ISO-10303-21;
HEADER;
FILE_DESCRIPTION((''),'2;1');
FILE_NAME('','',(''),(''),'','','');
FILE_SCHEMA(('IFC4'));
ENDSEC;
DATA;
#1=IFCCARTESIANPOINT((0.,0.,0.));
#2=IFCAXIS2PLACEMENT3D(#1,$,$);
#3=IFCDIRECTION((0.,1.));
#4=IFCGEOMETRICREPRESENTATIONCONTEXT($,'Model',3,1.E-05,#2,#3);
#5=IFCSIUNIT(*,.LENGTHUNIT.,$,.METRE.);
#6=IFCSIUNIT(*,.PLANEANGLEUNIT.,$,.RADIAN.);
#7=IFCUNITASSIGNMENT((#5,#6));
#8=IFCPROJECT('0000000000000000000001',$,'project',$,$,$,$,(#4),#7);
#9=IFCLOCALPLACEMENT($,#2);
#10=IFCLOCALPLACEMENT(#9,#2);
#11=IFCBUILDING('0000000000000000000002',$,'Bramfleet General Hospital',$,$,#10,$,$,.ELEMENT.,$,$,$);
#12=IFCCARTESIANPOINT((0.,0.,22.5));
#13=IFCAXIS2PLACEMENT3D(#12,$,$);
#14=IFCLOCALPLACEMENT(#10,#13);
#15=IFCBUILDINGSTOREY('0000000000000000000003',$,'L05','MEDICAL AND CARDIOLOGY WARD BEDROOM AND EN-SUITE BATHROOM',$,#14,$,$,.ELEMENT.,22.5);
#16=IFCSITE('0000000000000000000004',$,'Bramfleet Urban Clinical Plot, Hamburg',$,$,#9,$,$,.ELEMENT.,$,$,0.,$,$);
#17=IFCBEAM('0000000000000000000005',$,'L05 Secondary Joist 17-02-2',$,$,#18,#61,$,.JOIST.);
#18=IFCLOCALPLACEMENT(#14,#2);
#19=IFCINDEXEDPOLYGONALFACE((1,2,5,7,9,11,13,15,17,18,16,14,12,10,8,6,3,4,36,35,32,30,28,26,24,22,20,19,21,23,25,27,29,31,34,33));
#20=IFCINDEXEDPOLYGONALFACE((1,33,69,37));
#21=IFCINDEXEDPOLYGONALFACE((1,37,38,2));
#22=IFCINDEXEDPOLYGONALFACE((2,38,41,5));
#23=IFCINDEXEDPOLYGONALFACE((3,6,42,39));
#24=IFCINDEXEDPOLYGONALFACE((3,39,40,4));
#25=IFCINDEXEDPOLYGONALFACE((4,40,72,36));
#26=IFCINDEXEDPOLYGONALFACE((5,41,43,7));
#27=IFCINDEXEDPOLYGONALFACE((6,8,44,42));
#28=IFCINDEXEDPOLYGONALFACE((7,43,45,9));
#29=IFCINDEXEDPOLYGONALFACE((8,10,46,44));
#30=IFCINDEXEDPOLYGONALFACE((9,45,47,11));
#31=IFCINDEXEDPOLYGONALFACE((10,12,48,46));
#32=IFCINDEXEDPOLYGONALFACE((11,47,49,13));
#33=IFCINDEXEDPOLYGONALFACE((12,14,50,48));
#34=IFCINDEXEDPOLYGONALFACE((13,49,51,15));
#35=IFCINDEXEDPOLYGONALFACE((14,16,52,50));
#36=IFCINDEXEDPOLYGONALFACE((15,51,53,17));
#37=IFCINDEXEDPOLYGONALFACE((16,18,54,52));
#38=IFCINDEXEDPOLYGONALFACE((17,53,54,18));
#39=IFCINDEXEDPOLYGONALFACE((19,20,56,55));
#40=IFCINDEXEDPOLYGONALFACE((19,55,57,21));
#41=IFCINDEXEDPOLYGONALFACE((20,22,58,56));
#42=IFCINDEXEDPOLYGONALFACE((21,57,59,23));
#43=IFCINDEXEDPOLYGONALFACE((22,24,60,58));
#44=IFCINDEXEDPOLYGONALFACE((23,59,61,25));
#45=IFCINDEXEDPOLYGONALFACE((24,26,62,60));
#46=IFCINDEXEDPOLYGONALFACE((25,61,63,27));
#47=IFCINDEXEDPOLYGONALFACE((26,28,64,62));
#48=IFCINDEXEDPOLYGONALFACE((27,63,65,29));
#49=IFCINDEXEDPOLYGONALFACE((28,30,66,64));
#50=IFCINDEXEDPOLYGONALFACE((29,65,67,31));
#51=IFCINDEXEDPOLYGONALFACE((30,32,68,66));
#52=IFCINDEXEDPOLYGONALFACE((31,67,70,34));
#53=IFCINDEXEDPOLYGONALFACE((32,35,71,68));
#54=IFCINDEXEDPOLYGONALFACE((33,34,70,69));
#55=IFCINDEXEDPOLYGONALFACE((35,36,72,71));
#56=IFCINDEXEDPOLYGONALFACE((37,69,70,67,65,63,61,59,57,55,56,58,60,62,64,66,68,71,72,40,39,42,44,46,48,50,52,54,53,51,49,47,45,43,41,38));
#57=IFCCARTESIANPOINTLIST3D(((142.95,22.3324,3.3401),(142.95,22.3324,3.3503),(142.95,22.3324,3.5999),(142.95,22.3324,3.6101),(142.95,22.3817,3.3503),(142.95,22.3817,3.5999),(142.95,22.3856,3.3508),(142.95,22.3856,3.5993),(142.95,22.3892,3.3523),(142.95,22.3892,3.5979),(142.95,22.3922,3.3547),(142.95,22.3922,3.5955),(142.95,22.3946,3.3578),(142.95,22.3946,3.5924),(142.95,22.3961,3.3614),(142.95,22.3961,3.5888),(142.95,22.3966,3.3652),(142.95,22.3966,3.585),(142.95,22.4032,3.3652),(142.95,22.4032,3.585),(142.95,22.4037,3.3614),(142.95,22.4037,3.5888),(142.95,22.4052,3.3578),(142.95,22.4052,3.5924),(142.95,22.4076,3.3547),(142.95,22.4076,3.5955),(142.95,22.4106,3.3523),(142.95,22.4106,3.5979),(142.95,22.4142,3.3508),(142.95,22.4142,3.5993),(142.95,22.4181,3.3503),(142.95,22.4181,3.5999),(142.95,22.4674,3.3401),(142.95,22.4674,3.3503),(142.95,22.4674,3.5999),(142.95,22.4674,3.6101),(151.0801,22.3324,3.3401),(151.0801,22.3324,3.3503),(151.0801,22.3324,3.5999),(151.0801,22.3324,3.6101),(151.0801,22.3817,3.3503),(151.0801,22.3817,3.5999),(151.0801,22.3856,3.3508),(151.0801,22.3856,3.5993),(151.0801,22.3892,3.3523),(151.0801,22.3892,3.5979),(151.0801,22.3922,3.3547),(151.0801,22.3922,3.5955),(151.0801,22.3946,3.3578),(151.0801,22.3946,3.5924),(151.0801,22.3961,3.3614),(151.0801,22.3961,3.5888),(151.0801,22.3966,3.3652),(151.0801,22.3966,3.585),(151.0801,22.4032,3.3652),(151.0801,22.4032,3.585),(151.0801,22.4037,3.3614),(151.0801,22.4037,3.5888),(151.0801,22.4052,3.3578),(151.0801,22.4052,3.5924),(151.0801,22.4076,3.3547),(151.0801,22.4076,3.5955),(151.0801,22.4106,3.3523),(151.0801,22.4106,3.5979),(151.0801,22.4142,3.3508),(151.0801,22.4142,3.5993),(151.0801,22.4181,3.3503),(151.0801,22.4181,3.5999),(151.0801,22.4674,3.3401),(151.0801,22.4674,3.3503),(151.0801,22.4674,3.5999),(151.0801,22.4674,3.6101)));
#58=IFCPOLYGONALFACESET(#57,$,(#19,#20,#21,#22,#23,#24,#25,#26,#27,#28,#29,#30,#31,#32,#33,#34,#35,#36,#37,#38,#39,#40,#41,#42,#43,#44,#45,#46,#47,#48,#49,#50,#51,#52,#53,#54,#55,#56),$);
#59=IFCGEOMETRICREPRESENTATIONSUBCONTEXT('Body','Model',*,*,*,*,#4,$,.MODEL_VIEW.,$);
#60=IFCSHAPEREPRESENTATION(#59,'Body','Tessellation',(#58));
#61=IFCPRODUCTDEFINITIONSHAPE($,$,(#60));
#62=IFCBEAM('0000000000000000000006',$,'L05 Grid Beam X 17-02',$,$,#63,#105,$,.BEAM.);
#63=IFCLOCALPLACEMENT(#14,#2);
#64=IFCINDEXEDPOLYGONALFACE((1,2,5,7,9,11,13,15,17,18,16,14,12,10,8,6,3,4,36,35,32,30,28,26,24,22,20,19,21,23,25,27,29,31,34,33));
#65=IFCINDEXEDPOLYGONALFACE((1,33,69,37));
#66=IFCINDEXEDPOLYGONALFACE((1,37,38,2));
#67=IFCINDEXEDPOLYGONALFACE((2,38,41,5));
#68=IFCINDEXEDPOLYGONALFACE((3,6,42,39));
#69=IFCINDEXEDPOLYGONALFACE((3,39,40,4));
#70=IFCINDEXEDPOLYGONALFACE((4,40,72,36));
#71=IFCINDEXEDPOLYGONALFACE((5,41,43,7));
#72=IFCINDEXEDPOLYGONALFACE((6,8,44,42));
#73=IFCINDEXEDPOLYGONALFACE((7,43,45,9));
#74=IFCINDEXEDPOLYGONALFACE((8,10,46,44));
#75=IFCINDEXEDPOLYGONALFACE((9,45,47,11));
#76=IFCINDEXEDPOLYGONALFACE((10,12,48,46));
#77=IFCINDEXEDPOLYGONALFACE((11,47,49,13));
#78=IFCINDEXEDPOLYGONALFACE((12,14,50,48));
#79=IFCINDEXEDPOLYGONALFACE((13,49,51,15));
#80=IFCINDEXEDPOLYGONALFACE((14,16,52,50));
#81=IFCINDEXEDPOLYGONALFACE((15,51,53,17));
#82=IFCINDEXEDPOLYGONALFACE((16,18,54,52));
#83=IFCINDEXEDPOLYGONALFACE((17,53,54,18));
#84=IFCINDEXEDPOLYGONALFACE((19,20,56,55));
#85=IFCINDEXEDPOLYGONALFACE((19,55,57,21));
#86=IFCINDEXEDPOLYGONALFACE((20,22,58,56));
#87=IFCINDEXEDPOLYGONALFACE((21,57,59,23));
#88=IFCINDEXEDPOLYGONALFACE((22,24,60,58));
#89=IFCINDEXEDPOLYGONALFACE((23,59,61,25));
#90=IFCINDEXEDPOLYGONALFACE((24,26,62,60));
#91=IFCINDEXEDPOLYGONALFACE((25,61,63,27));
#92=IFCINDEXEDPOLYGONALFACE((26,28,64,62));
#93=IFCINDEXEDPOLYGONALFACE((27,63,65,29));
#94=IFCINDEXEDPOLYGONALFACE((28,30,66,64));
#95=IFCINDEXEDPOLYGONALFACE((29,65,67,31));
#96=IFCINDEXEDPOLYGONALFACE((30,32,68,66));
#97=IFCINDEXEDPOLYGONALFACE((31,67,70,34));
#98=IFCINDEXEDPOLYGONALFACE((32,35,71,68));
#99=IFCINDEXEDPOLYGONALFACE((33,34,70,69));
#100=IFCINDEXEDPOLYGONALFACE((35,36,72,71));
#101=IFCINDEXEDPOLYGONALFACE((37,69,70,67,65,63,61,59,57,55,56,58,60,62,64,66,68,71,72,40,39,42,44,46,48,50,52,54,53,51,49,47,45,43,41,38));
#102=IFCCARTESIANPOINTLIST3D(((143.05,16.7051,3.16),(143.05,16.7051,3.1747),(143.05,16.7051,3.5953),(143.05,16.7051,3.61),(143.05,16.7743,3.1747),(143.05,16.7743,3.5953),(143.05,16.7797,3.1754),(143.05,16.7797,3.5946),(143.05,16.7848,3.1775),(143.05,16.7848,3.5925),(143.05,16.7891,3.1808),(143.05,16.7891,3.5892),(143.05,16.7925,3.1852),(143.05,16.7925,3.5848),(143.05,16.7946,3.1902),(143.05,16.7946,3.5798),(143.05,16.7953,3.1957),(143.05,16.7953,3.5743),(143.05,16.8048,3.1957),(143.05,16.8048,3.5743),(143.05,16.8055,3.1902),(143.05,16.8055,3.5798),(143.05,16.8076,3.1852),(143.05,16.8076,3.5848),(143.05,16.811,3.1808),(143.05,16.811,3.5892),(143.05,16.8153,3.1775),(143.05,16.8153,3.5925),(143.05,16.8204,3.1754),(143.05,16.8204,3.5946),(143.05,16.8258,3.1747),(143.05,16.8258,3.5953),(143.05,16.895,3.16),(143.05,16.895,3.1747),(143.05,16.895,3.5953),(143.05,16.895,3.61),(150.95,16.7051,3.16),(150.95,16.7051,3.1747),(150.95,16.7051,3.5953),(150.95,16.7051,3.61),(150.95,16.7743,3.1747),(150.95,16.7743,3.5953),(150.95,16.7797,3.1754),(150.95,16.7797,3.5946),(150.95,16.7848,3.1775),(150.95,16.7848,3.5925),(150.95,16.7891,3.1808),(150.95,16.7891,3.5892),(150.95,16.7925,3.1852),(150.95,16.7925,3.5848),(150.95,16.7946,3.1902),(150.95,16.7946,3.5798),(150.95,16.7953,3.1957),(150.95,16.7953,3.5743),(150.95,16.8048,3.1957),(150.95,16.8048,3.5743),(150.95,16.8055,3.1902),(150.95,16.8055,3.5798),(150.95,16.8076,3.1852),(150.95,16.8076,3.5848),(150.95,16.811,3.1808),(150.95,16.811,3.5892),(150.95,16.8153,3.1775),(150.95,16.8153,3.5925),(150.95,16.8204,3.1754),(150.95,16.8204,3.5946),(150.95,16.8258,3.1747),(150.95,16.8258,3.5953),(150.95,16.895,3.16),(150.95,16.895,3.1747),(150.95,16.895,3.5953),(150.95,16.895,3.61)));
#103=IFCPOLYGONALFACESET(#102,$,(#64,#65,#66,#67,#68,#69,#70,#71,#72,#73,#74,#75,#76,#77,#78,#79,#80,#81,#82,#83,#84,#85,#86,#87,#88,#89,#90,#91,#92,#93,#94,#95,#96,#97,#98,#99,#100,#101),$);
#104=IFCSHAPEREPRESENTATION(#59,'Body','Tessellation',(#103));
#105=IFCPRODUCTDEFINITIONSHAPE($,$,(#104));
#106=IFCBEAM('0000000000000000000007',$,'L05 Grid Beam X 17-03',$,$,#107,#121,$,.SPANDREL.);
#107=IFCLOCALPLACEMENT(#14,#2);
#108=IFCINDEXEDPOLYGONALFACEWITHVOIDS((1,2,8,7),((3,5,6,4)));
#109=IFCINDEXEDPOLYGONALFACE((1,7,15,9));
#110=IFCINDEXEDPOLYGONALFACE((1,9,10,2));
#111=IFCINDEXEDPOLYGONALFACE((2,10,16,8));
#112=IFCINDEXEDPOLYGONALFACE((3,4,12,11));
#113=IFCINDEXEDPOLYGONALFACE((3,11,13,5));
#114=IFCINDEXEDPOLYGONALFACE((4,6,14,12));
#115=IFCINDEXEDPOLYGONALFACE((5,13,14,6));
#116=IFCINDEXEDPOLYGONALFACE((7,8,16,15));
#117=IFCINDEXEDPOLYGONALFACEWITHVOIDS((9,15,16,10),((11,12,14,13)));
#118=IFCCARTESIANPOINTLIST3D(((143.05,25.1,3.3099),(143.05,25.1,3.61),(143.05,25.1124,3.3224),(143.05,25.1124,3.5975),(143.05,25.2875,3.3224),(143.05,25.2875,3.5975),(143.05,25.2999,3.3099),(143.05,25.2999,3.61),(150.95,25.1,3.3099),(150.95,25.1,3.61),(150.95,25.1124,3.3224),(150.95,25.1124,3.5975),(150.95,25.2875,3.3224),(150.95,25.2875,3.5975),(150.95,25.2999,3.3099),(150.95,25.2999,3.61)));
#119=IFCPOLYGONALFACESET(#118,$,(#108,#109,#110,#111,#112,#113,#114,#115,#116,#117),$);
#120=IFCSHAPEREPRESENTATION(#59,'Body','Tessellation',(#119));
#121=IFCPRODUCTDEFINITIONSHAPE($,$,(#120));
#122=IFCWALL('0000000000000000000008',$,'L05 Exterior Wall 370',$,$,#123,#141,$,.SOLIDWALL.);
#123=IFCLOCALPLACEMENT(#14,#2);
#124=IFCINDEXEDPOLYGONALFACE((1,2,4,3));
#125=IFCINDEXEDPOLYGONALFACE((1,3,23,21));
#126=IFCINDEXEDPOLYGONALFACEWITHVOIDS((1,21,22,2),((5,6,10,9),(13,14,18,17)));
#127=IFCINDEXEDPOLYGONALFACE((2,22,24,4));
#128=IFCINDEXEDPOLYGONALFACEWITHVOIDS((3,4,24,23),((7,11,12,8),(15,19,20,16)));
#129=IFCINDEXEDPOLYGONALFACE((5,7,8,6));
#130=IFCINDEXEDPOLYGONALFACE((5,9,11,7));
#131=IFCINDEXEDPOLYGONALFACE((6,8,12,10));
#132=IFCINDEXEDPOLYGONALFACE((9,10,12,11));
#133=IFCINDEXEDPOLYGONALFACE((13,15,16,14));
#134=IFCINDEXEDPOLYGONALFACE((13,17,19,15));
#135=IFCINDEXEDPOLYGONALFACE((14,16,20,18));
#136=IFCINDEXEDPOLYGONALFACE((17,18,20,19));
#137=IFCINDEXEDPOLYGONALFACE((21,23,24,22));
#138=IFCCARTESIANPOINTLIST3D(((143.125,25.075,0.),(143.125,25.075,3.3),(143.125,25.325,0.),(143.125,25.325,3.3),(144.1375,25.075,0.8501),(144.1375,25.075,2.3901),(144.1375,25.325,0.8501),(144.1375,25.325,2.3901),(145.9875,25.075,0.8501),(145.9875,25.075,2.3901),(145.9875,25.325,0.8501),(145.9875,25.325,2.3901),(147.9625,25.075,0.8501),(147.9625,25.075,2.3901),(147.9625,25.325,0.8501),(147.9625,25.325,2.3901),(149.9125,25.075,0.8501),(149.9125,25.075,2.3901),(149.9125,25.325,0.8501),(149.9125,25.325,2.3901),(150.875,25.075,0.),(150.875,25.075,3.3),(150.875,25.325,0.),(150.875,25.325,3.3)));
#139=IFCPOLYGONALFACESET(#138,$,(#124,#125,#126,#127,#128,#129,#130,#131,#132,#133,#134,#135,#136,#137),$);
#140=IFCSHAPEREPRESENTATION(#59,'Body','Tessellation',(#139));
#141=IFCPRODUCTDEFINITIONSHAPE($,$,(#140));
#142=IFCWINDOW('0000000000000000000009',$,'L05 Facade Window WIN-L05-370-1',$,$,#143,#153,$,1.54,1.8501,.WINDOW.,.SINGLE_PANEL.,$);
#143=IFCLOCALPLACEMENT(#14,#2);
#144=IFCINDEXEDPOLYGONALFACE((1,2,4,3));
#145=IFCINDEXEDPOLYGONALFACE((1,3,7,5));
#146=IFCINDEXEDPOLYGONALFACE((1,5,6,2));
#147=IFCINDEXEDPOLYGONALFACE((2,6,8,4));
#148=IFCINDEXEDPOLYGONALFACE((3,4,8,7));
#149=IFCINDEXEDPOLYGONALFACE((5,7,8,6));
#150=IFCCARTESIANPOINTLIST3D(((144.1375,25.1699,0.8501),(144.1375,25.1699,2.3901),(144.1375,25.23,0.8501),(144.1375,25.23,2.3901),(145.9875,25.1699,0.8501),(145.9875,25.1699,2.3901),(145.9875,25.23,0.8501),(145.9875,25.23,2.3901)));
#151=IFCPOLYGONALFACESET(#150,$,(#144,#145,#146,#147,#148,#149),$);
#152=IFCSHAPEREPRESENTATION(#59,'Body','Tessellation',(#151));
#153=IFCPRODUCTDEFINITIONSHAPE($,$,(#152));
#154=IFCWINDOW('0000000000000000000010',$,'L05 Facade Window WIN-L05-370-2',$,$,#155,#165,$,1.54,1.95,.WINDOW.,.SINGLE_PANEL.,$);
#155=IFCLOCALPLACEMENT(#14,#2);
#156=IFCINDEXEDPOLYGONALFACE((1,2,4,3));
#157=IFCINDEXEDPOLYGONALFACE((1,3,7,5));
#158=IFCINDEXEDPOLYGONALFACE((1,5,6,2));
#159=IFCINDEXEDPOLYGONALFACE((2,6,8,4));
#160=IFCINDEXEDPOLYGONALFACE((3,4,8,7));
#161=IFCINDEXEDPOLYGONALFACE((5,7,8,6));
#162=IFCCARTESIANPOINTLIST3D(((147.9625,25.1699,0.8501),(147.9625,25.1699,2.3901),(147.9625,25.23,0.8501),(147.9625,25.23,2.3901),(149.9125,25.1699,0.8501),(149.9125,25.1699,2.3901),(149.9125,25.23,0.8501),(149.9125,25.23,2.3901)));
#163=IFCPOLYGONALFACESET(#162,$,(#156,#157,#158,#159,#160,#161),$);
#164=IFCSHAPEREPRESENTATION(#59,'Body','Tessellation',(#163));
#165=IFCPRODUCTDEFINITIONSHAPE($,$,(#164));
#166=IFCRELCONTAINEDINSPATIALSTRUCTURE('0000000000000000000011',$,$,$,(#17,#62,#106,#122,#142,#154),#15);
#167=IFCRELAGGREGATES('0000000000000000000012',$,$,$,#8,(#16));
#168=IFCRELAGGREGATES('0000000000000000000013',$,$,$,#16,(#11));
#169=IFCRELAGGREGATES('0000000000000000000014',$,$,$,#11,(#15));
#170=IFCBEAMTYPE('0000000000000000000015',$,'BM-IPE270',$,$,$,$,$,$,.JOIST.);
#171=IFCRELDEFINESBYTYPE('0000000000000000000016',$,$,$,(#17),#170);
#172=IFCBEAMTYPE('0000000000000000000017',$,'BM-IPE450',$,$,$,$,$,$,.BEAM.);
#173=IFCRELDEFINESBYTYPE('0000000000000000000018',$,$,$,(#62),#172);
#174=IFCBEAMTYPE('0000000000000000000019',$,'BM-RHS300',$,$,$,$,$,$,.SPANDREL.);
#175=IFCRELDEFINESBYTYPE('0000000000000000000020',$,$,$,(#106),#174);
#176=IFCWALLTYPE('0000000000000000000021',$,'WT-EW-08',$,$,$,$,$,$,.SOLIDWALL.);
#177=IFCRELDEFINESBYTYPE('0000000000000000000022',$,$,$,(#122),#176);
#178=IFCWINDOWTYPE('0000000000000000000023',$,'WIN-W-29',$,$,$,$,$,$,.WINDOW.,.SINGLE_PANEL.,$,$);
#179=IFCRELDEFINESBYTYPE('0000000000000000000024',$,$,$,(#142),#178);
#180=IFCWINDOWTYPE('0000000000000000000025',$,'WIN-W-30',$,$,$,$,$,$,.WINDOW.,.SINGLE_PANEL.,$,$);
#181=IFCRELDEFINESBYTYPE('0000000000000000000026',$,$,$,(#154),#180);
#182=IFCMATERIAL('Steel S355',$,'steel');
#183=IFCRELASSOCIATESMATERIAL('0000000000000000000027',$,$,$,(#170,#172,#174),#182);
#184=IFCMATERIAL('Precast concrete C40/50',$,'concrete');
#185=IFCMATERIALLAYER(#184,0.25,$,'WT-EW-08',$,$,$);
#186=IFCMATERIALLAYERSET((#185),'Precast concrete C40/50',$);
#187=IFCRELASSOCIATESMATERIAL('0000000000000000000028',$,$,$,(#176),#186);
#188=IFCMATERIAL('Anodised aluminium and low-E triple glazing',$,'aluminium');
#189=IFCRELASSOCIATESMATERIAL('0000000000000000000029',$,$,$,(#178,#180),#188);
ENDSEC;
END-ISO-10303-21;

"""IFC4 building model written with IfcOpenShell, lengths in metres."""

from ifc_helpers import new_model, si_unit, direction, frame, frame_2d, origin, origin_2d, place, context, subcontext, project, spatial, rectangle, hollow_rectangle, i_section, extrude, material, layer, layer_set, material_profile, profile_set, type_object, element, fill, save


model = new_model("IFC4")

# Units and contexts
model_context = context("Model", 3, precision=1e-05, world=origin(), true_north=direction((0.0, 1.0)))
body_context = subcontext(model_context, "Body", "Model", "MODEL_VIEW")
ifc_project = project(units=[si_unit("LENGTHUNIT", "METRE"), si_unit("PLANEANGLEUNIT", "RADIAN")], contexts=[model_context])

# Site, building, storey
site_placement = place(None, origin())
site = spatial("IfcSite", under=ifc_project, at=site_placement, Name="Bramfleet Urban Clinical Plot, Hamburg", CompositionType="ELEMENT", RefElevation=0.0)
building_placement = place(site_placement, origin())
building = spatial("IfcBuilding", under=site, at=building_placement, Name="Bramfleet General Hospital", CompositionType="ELEMENT")
storey_placement = place(building_placement, frame((0.0, 0.0, 22.5)))
storey = spatial("IfcBuildingStorey", under=building, at=storey_placement, Name="L05", Description="MEDICAL AND CARDIOLOGY WARD BEDROOM AND EN-SUITE BATHROOM", CompositionType="ELEMENT", Elevation=22.5)

# Beams
ifc_material_1 = material(Name="Steel S355", Category="steel")
ifc_material_profile_1 = material_profile(ifc_material_1, i_section(OverallWidth=0.135, OverallDepth=0.27, WebThickness=0.0066, FlangeThickness=0.0103, FilletRadius=0.0149, at=origin_2d()), Name="IPE 270")
ifc_profile_set_1 = profile_set([ifc_material_profile_1], Name="Steel S355")
beam_type_1 = type_object("IfcBeamType", Name="BM-IPE270", PredefinedType="JOIST", material=ifc_profile_set_1)
for number, where, z_axis, x_axis, name in (
    (1, (142.95, 22.3999, 3.4751), (1.0, 0.0, 0.0), (0.0, 1.0, 0.0), "L05 Secondary Joist 17-02-2"),
):
    element("IfcBeam", number, at=place(storey_placement, frame(where, z_axis=z_axis, x_axis=x_axis)), inside=storey, type_object=beam_type_1, Name=name, PredefinedType="JOIST", context=body_context, shape_type="SweptSolid", body=[
        extrude(i_section(OverallWidth=0.135, OverallDepth=0.27, WebThickness=0.0066, FlangeThickness=0.0103, FilletRadius=0.0149, at=origin_2d()), origin(), (0.0, 0.0, 1.0), 8.1301),
    ])
ifc_material_profile_2 = material_profile(ifc_material_1, i_section(OverallWidth=0.1899, OverallDepth=0.45, WebThickness=0.0095, FlangeThickness=0.0146, FilletRadius=0.021, at=origin_2d()), Name="IPE 450")
ifc_profile_set_2 = profile_set([ifc_material_profile_2], Name="Steel S355")
beam_type_2 = type_object("IfcBeamType", Name="BM-IPE450", PredefinedType="BEAM", material=ifc_profile_set_2)
beam_1_placement = place(storey_placement, frame((143.05, 16.8, 3.385), z_axis=(1.0, 0.0, 0.0), x_axis=(0.0, 1.0, 0.0)))
element("IfcBeam", 2, at=beam_1_placement, inside=storey, type_object=beam_type_2, Name="L05 Grid Beam X 17-02", PredefinedType="BEAM", context=body_context, shape_type="SweptSolid", body=[
    extrude(i_section(OverallWidth=0.1899, OverallDepth=0.45, WebThickness=0.0095, FlangeThickness=0.0146, FilletRadius=0.021, at=origin_2d()), origin(), (0.0, 0.0, 1.0), 7.8999),
])
ifc_material_profile_3 = material_profile(ifc_material_1, hollow_rectangle(XDim=0.2, YDim=0.3, WallThickness=0.0125, at=origin_2d()), Name="RHS 300x200x12.5")
ifc_profile_set_3 = profile_set([ifc_material_profile_3], Name="Steel S355")
beam_type_3 = type_object("IfcBeamType", Name="BM-RHS300", PredefinedType="SPANDREL", material=ifc_profile_set_3)
beam_2_placement = place(storey_placement, frame((143.05, 25.2, 3.46), z_axis=(1.0, 0.0, 0.0), x_axis=(0.0, 1.0, 0.0)))
element("IfcBeam", 3, at=beam_2_placement, inside=storey, type_object=beam_type_3, Name="L05 Grid Beam X 17-03", PredefinedType="SPANDREL", context=body_context, shape_type="SweptSolid", body=[
    extrude(hollow_rectangle(XDim=0.2, YDim=0.3, WallThickness=0.0125, at=origin_2d()), origin(), (0.0, 0.0, 1.0), 7.8999),
])

# Wall, openings, windows
ifc_material_2 = material(Name="Precast concrete C40/50", Category="concrete")
ifc_layer_1 = layer(ifc_material_2, 0.25, Name="WT-EW-08")
ifc_layer_set_1 = layer_set([ifc_layer_1], Name="Precast concrete C40/50")
wall_type_1 = type_object("IfcWallType", Name="WT-EW-08", PredefinedType="SOLIDWALL", material=ifc_layer_set_1)
wall_1_placement = place(storey_placement, frame((143.125, 25.2, 0.0), z_axis=(0.0, 0.0, 1.0), x_axis=(1.0, 0.0, 0.0)))
wall_1 = element("IfcWall", 4, at=wall_1_placement, inside=storey, type_object=wall_type_1, Name="L05 Exterior Wall 370", PredefinedType="SOLIDWALL", context=body_context, shape_type="SweptSolid", body=[
    extrude(rectangle(XDim=7.75, YDim=0.25, at=frame_2d((3.875, 0.0))), origin(), (0.0, 0.0, 1.0), 3.3),
])
opening_1_placement = place(wall_1_placement, frame((1.0125, 0.0, 0.8501)))
opening_1 = element("IfcOpeningElement", 5, at=opening_1_placement, cuts=wall_1, PredefinedType="OPENING", context=body_context, shape_type="SweptSolid", body=[
    extrude(rectangle(XDim=1.8501, YDim=1.54, at=frame_2d((0.925, 0.77))), frame((0.0, 0.135, 0.0), z_axis=(0.0, -1.0, 0.0), x_axis=(1.0, 0.0, 0.0)), (0.0, 0.0, 1.0), 0.27),
])
opening_2_placement = place(wall_1_placement, frame((4.8374, 0.0, 0.8501)))
opening_2 = element("IfcOpeningElement", 6, at=opening_2_placement, cuts=wall_1, PredefinedType="OPENING", context=body_context, shape_type="SweptSolid", body=[
    extrude(rectangle(XDim=1.95, YDim=1.54, at=frame_2d((0.9751, 0.77))), frame((0.0, 0.135, 0.0), z_axis=(0.0, -1.0, 0.0), x_axis=(1.0, 0.0, 0.0)), (0.0, 0.0, 1.0), 0.27),
])
ifc_material_3 = material(Name="Anodised aluminium and low-E triple glazing", Category="aluminium")
window_type_1 = type_object("IfcWindowType", Name="WIN-W-29", PartitioningType="SINGLE_PANEL", PredefinedType="WINDOW", material=ifc_material_3)
window_1_placement = place(opening_1_placement, origin())
window_1 = element("IfcWindow", 7, at=window_1_placement, inside=storey, type_object=window_type_1, Name="L05 Facade Window WIN-L05-370-1", OverallHeight=1.54, OverallWidth=1.8501, PartitioningType="SINGLE_PANEL", PredefinedType="WINDOW", context=body_context, shape_type="SweptSolid", body=[
    extrude(rectangle(XDim=1.8501, YDim=1.54, at=frame_2d((0.925, 0.77))), frame((0.0, 0.03, 0.0), z_axis=(0.0, -1.0, 0.0), x_axis=(1.0, 0.0, 0.0)), (0.0, 0.0, 1.0), 0.0601),
])
fill(opening_1, window_1)
window_type_2 = type_object("IfcWindowType", Name="WIN-W-30", PartitioningType="SINGLE_PANEL", PredefinedType="WINDOW", material=ifc_material_3)
window_2_placement = place(opening_2_placement, origin())
window_2 = element("IfcWindow", 8, at=window_2_placement, inside=storey, type_object=window_type_2, Name="L05 Facade Window WIN-L05-370-2", OverallHeight=1.54, OverallWidth=1.95, PartitioningType="SINGLE_PANEL", PredefinedType="WINDOW", context=body_context, shape_type="SweptSolid", body=[
    extrude(rectangle(XDim=1.95, YDim=1.54, at=frame_2d((0.9751, 0.77))), frame((0.0, 0.03, 0.0), z_axis=(0.0, -1.0, 0.0), x_axis=(1.0, 0.0, 0.0)), (0.0, 0.0, 1.0), 0.0601),
])
fill(opening_2, window_2)

save(model, "model.ifc")
